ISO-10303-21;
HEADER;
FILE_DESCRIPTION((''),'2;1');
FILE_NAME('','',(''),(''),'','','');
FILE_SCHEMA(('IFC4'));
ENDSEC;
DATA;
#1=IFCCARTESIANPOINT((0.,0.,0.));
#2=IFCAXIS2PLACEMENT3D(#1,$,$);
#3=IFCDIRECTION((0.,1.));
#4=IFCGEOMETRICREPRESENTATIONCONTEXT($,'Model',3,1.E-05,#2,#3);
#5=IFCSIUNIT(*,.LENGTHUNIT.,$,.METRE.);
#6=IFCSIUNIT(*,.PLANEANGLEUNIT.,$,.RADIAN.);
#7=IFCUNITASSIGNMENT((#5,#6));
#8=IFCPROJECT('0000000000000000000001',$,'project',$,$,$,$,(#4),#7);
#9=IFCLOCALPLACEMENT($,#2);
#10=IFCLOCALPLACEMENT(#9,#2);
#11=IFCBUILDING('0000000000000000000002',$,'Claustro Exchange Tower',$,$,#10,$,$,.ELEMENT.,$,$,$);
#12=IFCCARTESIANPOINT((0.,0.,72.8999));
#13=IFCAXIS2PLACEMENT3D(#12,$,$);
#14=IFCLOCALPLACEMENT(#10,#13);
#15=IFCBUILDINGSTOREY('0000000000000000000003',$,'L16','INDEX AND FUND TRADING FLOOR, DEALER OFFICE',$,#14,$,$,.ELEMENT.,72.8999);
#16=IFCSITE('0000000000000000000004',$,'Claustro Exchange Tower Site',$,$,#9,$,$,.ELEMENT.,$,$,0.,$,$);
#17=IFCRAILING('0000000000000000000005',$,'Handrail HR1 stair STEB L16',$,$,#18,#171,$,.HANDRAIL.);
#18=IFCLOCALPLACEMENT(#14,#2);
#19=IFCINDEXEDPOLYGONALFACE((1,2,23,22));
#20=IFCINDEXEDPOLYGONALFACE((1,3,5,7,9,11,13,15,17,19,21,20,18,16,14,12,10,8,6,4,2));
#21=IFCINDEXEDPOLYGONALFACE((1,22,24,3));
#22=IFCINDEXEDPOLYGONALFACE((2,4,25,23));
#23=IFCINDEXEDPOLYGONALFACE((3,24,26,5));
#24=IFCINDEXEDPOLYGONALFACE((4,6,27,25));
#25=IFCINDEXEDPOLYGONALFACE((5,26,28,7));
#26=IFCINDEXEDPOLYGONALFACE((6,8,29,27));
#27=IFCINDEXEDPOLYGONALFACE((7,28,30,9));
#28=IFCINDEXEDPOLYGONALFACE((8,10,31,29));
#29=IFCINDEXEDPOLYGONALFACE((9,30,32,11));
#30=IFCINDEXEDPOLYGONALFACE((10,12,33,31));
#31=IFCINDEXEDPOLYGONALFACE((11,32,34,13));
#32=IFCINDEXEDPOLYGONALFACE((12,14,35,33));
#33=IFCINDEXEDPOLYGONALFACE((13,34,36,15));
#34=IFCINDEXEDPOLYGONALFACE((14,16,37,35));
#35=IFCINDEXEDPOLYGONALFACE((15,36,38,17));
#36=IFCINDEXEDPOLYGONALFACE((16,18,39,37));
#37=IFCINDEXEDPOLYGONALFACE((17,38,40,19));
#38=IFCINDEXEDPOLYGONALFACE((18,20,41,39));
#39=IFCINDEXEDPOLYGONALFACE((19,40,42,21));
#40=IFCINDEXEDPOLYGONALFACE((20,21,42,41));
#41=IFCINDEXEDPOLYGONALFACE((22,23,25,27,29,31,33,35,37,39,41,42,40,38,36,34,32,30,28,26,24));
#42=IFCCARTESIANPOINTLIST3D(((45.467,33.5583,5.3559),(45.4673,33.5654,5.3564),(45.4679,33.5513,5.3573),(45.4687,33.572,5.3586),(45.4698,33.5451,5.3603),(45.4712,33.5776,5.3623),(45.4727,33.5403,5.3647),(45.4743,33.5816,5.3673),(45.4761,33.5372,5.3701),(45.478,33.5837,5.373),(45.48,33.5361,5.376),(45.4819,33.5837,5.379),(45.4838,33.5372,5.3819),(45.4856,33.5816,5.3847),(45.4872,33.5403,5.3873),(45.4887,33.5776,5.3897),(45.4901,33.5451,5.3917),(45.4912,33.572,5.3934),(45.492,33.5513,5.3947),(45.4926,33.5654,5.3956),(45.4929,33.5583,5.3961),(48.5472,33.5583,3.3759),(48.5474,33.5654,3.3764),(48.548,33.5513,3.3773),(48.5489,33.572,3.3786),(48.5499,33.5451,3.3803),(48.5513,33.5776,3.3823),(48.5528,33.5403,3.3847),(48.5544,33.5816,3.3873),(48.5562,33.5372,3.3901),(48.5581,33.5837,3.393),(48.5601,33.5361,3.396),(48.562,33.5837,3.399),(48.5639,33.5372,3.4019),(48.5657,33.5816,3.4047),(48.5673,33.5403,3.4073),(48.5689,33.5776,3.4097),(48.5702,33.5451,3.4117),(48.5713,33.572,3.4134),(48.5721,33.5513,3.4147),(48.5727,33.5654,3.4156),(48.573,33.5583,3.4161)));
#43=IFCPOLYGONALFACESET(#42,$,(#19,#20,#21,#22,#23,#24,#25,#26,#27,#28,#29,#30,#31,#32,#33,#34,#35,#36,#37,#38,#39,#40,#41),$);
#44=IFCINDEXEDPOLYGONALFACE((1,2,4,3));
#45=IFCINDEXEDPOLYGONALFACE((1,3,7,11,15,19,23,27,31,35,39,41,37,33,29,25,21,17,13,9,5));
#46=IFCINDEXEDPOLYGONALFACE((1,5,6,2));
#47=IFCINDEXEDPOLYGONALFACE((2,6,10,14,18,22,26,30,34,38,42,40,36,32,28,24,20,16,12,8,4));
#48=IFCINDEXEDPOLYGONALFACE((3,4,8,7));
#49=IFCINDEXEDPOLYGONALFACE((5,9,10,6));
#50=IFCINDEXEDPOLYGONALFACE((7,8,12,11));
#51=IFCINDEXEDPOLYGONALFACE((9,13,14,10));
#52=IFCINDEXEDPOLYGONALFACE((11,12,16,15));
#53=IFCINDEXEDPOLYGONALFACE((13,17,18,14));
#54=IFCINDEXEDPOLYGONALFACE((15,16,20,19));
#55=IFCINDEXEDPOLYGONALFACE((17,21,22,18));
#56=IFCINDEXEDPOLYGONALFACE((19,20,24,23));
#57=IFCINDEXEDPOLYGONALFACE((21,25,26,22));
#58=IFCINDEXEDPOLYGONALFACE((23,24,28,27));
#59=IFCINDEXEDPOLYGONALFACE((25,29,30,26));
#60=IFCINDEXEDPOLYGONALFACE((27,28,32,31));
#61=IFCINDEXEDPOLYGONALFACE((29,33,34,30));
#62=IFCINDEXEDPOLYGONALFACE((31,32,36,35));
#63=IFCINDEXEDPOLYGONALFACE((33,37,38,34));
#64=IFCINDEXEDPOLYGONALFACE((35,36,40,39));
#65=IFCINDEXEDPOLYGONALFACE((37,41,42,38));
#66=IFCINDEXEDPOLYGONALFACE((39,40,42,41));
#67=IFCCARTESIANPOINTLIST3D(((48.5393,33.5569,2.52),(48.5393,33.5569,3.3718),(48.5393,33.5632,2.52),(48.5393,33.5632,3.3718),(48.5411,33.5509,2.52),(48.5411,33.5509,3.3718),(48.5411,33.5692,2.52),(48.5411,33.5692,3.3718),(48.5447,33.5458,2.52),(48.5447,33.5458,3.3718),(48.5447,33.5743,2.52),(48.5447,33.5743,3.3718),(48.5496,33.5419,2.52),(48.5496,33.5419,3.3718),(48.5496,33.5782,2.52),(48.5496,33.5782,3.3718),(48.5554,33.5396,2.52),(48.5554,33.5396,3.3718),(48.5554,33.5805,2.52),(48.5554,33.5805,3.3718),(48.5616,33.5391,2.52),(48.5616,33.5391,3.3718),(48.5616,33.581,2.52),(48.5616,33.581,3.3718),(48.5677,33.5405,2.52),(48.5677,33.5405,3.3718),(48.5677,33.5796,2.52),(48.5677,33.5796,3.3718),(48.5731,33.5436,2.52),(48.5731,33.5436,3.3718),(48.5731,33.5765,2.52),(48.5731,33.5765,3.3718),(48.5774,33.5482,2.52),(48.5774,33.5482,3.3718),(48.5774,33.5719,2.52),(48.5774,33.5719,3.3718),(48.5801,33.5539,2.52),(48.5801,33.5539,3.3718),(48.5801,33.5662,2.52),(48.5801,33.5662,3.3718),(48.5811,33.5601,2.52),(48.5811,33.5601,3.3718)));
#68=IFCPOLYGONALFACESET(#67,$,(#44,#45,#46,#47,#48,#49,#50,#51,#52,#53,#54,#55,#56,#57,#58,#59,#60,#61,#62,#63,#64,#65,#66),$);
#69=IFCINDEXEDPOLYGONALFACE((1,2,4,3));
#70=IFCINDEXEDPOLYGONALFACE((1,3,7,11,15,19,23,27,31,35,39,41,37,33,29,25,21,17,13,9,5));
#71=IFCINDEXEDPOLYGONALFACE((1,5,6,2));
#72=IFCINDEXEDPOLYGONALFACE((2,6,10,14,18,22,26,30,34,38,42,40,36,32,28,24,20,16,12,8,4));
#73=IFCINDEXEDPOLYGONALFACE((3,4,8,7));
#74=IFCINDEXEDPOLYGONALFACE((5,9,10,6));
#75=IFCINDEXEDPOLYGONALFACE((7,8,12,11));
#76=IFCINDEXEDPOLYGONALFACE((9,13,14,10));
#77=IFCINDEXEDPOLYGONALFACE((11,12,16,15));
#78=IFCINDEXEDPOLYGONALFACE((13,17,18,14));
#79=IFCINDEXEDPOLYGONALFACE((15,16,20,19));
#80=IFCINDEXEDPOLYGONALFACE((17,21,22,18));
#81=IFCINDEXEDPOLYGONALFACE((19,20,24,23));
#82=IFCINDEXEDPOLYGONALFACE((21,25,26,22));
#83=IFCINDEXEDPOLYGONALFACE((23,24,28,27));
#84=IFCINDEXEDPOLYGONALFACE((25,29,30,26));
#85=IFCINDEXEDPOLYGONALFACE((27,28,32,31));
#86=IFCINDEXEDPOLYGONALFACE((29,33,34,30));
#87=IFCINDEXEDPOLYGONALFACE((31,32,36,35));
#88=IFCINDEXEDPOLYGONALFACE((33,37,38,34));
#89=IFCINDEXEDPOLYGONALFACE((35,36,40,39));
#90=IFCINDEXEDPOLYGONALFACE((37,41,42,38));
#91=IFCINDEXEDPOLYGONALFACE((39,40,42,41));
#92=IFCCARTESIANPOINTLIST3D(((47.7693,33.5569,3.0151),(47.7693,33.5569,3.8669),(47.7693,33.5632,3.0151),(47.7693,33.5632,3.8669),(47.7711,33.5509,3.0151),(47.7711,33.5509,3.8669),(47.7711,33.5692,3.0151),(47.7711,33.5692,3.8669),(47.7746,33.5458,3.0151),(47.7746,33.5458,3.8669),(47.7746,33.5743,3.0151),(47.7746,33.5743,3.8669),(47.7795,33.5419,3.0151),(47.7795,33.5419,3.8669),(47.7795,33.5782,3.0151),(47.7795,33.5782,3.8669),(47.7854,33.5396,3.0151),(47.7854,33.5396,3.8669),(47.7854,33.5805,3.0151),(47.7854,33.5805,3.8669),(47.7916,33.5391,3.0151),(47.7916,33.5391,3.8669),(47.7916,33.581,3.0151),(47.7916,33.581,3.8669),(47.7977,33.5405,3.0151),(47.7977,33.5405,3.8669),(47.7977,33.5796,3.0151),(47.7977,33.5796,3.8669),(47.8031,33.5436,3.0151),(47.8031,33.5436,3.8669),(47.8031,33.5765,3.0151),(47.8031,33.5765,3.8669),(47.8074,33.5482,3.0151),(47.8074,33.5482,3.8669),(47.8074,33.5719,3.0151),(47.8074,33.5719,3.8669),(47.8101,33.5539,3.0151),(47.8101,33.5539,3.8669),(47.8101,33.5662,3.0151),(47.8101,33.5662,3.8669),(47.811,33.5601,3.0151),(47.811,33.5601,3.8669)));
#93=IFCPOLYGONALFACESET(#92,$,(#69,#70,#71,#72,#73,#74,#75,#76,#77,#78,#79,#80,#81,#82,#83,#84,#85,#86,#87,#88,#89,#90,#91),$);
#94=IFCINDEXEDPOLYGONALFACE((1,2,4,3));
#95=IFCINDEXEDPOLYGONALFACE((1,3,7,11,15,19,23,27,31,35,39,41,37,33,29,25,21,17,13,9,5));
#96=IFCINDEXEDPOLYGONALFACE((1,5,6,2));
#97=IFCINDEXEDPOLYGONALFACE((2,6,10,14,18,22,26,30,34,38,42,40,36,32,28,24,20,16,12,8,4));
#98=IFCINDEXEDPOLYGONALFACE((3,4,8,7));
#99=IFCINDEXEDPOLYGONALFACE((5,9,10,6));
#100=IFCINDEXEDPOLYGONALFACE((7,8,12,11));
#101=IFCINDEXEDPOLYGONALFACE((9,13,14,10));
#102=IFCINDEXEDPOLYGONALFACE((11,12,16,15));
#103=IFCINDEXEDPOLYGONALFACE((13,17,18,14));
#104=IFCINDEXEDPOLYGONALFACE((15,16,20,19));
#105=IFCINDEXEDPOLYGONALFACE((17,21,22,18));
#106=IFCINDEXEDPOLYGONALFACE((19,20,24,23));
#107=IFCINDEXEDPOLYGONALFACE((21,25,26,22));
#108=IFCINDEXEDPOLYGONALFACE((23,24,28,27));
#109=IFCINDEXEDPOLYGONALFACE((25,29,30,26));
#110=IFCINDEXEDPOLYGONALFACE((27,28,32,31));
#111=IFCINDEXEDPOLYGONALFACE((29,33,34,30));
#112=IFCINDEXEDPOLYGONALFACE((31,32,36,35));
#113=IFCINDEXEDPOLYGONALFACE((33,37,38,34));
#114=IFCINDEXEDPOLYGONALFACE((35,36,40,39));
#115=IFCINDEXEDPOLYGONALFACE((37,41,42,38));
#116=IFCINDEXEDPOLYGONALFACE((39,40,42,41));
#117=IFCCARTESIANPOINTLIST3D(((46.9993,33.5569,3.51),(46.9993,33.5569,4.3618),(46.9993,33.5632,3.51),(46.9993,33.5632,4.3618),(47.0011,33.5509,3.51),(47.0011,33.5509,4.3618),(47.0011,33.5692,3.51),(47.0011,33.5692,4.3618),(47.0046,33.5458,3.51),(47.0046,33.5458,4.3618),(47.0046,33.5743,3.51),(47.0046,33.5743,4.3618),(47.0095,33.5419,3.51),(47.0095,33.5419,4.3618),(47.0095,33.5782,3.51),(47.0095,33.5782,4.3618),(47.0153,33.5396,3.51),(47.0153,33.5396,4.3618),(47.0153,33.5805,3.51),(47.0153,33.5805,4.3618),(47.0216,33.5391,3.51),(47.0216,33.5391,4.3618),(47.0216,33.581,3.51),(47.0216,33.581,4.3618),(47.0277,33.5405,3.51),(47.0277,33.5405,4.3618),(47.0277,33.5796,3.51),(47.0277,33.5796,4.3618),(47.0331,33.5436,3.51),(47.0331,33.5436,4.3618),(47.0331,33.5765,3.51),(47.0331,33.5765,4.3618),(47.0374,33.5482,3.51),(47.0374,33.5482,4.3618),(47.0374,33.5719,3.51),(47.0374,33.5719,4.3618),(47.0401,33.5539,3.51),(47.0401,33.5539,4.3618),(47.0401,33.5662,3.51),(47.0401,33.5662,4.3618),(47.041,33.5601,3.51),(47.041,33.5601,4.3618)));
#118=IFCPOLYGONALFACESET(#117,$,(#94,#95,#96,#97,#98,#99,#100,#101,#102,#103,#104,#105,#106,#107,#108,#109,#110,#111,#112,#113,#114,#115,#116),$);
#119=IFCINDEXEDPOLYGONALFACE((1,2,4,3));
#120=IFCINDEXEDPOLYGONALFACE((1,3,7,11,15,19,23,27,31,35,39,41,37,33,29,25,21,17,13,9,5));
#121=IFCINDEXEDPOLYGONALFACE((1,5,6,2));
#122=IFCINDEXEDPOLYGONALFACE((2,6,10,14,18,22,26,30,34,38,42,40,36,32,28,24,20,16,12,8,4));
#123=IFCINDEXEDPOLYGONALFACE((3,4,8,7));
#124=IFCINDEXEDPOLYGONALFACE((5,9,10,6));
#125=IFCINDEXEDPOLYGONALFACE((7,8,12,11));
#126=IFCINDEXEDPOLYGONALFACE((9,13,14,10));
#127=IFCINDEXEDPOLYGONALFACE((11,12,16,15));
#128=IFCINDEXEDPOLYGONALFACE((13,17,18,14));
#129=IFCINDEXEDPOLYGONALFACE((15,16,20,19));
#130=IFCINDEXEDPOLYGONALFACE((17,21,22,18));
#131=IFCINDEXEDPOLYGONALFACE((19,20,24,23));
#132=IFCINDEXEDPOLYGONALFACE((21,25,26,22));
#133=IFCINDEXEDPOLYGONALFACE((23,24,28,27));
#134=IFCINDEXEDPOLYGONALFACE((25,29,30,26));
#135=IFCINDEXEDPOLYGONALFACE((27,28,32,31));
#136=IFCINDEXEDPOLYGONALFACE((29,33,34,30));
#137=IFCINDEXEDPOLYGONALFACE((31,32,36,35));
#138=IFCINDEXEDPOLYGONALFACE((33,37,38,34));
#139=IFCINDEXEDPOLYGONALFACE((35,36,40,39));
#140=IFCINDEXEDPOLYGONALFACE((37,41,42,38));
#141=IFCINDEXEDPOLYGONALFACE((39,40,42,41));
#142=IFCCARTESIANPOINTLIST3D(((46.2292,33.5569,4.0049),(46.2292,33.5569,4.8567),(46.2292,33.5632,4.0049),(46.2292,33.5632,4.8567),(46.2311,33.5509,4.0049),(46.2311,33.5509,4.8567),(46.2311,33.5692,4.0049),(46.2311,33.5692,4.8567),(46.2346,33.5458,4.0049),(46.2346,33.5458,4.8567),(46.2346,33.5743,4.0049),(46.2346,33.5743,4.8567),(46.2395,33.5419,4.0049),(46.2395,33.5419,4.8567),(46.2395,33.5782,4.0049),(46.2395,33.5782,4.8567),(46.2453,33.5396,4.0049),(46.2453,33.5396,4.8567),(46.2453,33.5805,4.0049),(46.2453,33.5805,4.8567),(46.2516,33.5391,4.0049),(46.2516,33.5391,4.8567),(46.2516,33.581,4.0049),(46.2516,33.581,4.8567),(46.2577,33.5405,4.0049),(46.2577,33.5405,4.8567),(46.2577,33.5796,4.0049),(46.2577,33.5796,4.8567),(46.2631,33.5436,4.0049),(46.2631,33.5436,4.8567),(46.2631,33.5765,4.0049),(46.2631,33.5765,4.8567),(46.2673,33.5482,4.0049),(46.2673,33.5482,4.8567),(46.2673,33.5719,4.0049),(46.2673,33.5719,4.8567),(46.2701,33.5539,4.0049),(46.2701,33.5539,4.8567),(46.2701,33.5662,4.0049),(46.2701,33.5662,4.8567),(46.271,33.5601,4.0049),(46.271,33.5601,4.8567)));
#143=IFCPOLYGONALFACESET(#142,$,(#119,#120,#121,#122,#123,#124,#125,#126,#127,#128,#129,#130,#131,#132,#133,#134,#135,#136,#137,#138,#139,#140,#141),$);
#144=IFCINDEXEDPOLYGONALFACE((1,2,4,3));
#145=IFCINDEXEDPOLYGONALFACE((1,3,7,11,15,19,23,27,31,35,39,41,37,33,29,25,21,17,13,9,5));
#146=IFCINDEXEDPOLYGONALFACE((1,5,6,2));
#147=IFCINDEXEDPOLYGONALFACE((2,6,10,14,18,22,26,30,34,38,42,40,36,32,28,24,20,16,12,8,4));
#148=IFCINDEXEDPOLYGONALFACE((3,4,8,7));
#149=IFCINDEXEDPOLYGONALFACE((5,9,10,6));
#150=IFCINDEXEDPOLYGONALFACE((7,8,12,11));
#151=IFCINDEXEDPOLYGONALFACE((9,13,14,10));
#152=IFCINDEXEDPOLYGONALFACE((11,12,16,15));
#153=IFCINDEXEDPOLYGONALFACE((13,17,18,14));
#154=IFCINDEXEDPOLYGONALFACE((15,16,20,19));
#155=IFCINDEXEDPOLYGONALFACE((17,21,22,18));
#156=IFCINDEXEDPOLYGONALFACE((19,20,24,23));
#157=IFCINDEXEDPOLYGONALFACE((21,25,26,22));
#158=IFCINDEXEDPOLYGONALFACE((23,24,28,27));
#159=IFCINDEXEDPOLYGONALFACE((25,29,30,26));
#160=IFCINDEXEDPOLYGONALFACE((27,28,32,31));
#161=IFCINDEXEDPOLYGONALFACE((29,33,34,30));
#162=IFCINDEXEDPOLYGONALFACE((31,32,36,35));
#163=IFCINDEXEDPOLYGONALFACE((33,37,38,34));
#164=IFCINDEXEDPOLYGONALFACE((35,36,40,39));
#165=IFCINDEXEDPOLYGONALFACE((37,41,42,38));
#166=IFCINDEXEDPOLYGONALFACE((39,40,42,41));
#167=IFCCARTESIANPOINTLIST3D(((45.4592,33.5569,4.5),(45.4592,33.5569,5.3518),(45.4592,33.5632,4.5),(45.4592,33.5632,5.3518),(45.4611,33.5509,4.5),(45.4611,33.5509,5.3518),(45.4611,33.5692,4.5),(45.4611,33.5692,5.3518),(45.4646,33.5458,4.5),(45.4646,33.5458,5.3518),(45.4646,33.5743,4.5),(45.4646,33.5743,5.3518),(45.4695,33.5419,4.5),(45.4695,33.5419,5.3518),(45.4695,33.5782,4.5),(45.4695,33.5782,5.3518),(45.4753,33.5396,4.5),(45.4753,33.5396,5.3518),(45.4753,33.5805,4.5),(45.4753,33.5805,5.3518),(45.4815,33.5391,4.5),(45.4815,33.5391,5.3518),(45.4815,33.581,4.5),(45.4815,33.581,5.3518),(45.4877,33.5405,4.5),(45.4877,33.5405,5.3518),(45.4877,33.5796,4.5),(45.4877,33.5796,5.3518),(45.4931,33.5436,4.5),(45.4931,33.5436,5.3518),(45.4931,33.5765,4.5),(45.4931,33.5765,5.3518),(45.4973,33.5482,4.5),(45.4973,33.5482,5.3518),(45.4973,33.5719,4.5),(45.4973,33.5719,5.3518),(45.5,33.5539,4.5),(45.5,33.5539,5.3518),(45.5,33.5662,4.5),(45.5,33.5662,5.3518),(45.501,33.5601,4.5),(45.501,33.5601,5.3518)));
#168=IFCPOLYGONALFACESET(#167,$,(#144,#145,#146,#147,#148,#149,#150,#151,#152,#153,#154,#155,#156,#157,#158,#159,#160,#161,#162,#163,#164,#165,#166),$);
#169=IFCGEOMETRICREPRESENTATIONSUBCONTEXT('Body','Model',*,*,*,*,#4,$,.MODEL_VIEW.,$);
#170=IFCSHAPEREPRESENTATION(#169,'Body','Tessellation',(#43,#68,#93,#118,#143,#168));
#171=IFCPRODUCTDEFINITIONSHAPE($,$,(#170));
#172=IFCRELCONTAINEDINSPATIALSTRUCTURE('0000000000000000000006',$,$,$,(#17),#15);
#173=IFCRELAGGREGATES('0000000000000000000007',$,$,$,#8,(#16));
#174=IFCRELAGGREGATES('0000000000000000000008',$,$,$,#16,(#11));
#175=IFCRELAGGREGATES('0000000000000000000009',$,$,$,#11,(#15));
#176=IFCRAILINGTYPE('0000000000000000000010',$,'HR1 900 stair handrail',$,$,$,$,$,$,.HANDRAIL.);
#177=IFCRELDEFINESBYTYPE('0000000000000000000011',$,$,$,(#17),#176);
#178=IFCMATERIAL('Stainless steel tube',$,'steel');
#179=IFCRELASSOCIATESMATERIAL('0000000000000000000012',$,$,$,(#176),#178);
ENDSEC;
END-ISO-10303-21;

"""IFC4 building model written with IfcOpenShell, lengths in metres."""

from ifc_helpers import new_model, si_unit, direction, frame, origin, origin_2d, place, context, subcontext, project, spatial, circle, extrude, material, type_object, element, save


model = new_model("IFC4")

# Units and contexts
model_context = context("Model", 3, precision=1e-05, world=origin(), true_north=direction((0.0, 1.0)))
body_context = subcontext(model_context, "Body", "Model", "MODEL_VIEW")
ifc_project = project(units=[si_unit("LENGTHUNIT", "METRE"), si_unit("PLANEANGLEUNIT", "RADIAN")], contexts=[model_context])

# Site, building, storey
site_placement = place(None, origin())
site = spatial("IfcSite", under=ifc_project, at=site_placement, Name="Claustro Exchange Tower Site", CompositionType="ELEMENT", RefElevation=0.0)
building_placement = place(site_placement, origin())
building = spatial("IfcBuilding", under=site, at=building_placement, Name="Claustro Exchange Tower", CompositionType="ELEMENT")
storey_placement = place(building_placement, frame((0.0, 0.0, 72.8999)))
storey = spatial("IfcBuildingStorey", under=building, at=storey_placement, Name="L16", Description="INDEX AND FUND TRADING FLOOR, DEALER OFFICE", CompositionType="ELEMENT", Elevation=72.8999)

# Railing
ifc_material_1 = material(Name="Stainless steel tube", Category="steel")
railing_type_1 = type_object("IfcRailingType", Name="HR1 900 stair handrail", PredefinedType="HANDRAIL", material=ifc_material_1)
railing_1_placement = place(storey_placement, frame((48.5601, 33.5601, 2.52)))
element("IfcRailing", 1, at=railing_1_placement, inside=storey, type_object=railing_type_1, Name="Handrail HR1 stair STEB L16", PredefinedType="HANDRAIL", context=body_context, shape_type="SweptSolid", body=[
    extrude(circle(Radius=0.0239, at=origin_2d()), frame((0.0, 0.0, 0.876), z_axis=(-0.841187, 0.0, 0.540744), x_axis=(0.0, -1.0, 0.0)), (0.0, 0.0, 1.0), 3.6616),
    extrude(circle(Radius=0.021, at=origin_2d()), origin(), (0.0, 0.0, 1.0), 0.8518),
    extrude(circle(Radius=0.021, at=origin_2d()), frame((-0.77, 0.0, 0.4951)), (0.0, 0.0, 1.0), 0.8518),
    extrude(circle(Radius=0.021, at=origin_2d()), frame((-1.54, 0.0, 0.99)), (0.0, 0.0, 1.0), 0.8518),
    extrude(circle(Radius=0.021, at=origin_2d()), frame((-2.3101, 0.0, 1.4849)), (0.0, 0.0, 1.0), 0.8518),
    extrude(circle(Radius=0.021, at=origin_2d()), frame((-3.0801, 0.0, 1.98)), (0.0, 0.0, 1.0), 0.8518),
])

save(model, "model.ifc")
